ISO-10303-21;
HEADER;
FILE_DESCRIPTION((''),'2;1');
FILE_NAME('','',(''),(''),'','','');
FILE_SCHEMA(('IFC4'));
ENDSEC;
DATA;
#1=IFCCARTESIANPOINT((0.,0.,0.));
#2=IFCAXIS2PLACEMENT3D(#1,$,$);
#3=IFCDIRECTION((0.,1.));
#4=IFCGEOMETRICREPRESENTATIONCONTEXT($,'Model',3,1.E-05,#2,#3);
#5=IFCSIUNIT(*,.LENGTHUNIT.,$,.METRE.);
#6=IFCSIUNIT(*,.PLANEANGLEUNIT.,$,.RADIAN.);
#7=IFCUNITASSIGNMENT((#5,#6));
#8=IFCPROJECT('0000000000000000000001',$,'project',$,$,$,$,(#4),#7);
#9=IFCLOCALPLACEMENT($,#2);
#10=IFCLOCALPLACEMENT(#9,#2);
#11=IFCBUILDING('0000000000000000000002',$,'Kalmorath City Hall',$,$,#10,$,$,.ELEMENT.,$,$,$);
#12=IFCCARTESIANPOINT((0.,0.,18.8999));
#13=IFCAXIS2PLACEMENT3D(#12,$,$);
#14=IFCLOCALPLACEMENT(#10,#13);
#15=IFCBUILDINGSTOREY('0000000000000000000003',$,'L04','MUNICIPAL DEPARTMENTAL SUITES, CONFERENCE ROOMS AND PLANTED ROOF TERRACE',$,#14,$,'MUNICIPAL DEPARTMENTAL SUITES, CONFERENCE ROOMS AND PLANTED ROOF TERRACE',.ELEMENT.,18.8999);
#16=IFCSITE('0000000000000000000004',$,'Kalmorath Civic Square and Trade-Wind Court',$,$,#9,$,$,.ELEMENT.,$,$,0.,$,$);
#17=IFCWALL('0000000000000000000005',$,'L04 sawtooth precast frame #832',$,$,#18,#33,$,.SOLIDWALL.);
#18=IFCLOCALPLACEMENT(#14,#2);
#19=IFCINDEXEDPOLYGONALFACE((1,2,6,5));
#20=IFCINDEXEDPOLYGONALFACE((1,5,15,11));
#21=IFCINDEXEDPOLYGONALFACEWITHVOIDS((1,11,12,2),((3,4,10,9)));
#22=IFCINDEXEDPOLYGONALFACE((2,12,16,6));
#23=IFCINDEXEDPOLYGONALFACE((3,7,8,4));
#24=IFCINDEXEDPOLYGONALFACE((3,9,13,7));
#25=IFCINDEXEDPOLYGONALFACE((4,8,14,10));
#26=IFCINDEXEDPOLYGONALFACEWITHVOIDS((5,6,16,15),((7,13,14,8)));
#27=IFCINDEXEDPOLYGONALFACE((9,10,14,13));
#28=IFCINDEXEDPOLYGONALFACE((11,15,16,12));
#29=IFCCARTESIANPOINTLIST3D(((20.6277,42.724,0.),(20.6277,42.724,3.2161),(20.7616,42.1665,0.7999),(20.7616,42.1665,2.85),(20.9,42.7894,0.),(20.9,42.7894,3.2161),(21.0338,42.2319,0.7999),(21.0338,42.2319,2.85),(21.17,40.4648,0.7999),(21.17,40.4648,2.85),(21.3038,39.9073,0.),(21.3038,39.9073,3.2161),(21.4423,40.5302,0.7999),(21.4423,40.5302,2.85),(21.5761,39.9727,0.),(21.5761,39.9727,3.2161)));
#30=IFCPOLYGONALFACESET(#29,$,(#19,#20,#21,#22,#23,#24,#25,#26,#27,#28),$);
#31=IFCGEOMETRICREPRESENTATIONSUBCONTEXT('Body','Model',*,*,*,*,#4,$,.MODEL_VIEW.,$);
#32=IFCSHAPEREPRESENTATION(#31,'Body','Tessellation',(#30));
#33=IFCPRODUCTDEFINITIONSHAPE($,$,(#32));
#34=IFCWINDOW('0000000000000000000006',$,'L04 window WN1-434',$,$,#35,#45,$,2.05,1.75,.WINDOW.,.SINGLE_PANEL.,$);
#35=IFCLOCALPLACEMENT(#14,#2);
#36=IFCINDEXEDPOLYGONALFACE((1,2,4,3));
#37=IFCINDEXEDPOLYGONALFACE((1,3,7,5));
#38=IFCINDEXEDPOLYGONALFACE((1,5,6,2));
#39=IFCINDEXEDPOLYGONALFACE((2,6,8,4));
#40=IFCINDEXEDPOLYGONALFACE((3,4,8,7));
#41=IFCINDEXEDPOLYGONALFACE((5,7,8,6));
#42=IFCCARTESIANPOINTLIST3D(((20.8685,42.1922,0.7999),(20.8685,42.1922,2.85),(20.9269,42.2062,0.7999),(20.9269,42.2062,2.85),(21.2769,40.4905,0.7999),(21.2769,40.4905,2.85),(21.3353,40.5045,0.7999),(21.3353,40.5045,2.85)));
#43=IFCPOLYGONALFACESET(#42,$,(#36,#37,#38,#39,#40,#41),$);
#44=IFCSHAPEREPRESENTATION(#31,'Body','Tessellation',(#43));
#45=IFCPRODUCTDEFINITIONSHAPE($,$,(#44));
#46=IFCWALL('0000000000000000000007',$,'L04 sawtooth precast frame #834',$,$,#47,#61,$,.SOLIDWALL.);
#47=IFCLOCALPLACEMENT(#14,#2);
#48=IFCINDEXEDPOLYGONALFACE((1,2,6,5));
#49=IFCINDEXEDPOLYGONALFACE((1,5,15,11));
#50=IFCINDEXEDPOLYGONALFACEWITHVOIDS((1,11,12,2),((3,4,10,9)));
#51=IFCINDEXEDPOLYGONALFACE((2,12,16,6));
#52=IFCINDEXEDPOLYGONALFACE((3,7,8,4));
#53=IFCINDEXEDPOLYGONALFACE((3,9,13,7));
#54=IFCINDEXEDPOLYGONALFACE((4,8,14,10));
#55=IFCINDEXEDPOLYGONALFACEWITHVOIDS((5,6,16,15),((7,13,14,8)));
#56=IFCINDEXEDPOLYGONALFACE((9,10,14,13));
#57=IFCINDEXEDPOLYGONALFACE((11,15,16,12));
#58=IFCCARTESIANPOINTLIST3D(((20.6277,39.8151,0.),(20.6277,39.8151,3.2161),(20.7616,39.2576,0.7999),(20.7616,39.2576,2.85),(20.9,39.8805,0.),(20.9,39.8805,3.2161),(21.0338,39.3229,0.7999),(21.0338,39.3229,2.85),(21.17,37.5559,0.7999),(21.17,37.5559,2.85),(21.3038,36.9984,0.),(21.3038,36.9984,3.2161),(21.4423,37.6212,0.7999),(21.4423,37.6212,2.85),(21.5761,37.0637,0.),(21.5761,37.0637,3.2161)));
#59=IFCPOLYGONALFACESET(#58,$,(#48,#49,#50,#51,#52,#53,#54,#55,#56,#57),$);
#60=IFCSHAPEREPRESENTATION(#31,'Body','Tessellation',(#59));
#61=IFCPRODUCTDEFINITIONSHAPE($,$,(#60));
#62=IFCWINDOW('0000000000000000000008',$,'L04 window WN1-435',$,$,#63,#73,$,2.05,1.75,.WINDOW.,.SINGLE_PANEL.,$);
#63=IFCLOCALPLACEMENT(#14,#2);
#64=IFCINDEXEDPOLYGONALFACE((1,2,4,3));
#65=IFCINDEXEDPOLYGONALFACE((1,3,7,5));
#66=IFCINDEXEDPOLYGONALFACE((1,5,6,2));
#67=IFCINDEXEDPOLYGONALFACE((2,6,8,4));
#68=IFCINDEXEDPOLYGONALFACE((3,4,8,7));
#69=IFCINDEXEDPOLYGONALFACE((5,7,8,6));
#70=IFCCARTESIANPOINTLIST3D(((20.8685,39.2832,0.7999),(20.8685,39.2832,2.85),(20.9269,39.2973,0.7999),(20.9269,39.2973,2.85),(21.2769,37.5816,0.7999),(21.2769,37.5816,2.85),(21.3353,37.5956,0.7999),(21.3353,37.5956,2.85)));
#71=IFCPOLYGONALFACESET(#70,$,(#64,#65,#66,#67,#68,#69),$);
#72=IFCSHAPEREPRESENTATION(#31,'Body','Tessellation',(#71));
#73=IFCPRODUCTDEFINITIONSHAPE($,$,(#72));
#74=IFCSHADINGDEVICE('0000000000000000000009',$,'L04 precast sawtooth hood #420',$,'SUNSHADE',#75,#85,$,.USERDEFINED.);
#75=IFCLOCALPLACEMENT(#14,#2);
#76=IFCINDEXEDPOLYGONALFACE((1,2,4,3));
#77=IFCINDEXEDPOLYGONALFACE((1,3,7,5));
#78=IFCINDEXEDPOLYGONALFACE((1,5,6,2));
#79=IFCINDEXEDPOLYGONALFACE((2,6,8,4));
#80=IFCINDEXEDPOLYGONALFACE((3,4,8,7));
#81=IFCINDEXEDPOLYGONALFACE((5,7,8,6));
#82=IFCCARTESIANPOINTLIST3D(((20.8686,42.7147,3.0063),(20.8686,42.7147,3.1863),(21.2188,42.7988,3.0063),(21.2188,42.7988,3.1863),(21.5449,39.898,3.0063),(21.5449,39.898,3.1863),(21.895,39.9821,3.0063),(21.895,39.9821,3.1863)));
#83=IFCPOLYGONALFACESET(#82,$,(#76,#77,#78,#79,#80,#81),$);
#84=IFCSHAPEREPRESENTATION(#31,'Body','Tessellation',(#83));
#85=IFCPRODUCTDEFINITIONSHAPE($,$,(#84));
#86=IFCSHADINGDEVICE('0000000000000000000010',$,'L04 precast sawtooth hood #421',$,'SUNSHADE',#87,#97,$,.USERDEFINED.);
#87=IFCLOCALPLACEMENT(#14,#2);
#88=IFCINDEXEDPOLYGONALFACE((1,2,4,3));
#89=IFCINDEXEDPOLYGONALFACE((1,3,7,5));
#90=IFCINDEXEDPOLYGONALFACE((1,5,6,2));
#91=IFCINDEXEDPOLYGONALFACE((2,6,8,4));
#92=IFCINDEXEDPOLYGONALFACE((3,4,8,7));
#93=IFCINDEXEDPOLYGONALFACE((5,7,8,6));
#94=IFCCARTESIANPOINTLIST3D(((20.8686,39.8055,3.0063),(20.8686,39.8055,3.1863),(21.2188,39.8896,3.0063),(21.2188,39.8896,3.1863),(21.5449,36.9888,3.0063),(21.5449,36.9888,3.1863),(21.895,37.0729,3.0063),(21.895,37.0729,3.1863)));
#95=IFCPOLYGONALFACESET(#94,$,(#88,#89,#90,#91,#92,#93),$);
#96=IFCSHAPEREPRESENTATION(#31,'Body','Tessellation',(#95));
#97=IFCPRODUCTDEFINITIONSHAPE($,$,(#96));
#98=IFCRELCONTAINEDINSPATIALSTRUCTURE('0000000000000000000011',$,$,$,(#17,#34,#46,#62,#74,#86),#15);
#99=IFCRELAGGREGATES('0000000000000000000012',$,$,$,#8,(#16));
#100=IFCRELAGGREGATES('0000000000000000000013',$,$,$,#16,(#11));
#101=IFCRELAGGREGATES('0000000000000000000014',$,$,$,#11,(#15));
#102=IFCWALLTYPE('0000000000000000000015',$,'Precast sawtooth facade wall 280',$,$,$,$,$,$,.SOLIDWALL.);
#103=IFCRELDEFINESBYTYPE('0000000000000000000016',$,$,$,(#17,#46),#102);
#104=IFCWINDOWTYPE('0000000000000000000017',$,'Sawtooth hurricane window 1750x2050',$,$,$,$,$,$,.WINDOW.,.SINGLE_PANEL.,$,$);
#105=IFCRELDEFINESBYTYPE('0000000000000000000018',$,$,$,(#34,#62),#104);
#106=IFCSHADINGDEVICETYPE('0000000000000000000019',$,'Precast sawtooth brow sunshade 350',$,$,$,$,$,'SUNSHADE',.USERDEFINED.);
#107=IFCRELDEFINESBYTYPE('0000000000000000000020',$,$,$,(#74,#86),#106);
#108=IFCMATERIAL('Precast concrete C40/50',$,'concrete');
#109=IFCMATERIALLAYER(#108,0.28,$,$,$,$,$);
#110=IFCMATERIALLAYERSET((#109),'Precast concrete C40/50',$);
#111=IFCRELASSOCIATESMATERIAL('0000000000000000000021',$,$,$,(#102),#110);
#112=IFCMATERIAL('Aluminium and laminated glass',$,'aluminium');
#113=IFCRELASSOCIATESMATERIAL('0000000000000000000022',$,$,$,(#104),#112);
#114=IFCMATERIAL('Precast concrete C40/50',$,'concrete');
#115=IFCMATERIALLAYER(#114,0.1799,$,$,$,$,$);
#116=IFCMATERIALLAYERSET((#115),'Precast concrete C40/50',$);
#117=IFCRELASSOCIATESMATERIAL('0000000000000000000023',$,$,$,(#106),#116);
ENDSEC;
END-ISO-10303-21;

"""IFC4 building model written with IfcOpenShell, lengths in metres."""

from ifc_helpers import new_model, si_unit, direction, frame, frame_2d, origin, origin_2d, place, context, subcontext, project, spatial, rectangle, extrude, material, layer, layer_set, type_object, element, fill, save


model = new_model("IFC4")

# Units and contexts
model_context = context("Model", 3, precision=1e-05, world=origin(), true_north=direction((0.0, 1.0)))
body_context = subcontext(model_context, "Body", "Model", "MODEL_VIEW")
ifc_project = project(units=[si_unit("LENGTHUNIT", "METRE"), si_unit("PLANEANGLEUNIT", "RADIAN")], contexts=[model_context])

# Site, building, storey
site_placement = place(None, origin())
site = spatial("IfcSite", under=ifc_project, at=site_placement, Name="Kalmorath Civic Square and Trade-Wind Court", CompositionType="ELEMENT", RefElevation=0.0)
building_placement = place(site_placement, origin())
building = spatial("IfcBuilding", under=site, at=building_placement, Name="Kalmorath City Hall", CompositionType="ELEMENT")
storey_placement = place(building_placement, frame((0.0, 0.0, 18.8999)))
storey = spatial("IfcBuildingStorey", under=building, at=storey_placement, Name="L04", Description="MUNICIPAL DEPARTMENTAL SUITES, CONFERENCE ROOMS AND PLANTED ROOF TERRACE", LongName="MUNICIPAL DEPARTMENTAL SUITES, CONFERENCE ROOMS AND PLANTED ROOF TERRACE", CompositionType="ELEMENT", Elevation=18.8999)

# Walls, openings, windows
ifc_material_1 = material(Name="Precast concrete C40/50", Category="concrete")
ifc_layer_1 = layer(ifc_material_1, 0.28)
ifc_layer_set_1 = layer_set([ifc_layer_1], Name="Precast concrete C40/50")
wall_type_1 = type_object("IfcWallType", Name="Precast sawtooth facade wall 280", PredefinedType="SOLIDWALL", material=ifc_layer_set_1)
wall_1_placement = place(storey_placement, frame((20.7639, 42.7566, 0.0), z_axis=(0.0, 0.0, 1.0), x_axis=(0.233383, -0.972385, 0.0)))
wall_1 = element("IfcWall", 1, at=wall_1_placement, inside=storey, type_object=wall_type_1, Name="L04 sawtooth precast frame #832", PredefinedType="SOLIDWALL", context=body_context, shape_type="SweptSolid", body=[
    extrude(rectangle(XDim=2.8967, YDim=0.28, at=frame_2d((1.4482, 0.0))), origin(), (0.0, 0.0, 1.0), 3.2161),
])
opening_1_placement = place(wall_1_placement, frame((0.5732, 0.0, 0.8)))
opening_1 = element("IfcOpeningElement", 2, at=opening_1_placement, cuts=wall_1, PredefinedType="OPENING", context=body_context, shape_type="SweptSolid", body=[
    extrude(rectangle(XDim=1.75, YDim=2.05, at=frame_2d((0.875, 1.0249))), frame((0.0, 0.1499, 0.0), z_axis=(0.0, -1.0, 0.0), x_axis=(1.0, 0.0, 0.0)), (0.0, 0.0, 1.0), 0.3),
])
ifc_material_2 = material(Name="Aluminium and laminated glass", Category="aluminium")
window_type = type_object("IfcWindowType", Name="Sawtooth hurricane window 1750x2050", PartitioningType="SINGLE_PANEL", PredefinedType="WINDOW", material=ifc_material_2)
window_1_placement = place(opening_1_placement, origin())
window_1 = element("IfcWindow", 3, at=window_1_placement, inside=storey, type_object=window_type, Name="L04 window WN1-434", OverallHeight=2.05, OverallWidth=1.75, PartitioningType="SINGLE_PANEL", PredefinedType="WINDOW", context=body_context, shape_type="SweptSolid", body=[
    extrude(rectangle(XDim=1.75, YDim=2.05, at=frame_2d((0.875, 1.0249))), frame((0.0, 0.03, 0.0), z_axis=(0.0, -1.0, 0.0), x_axis=(1.0, 0.0, 0.0)), (0.0, 0.0, 1.0), 0.0601),
])
fill(opening_1, window_1)
wall_2_placement = place(storey_placement, frame((20.7639, 39.8477, 0.0), z_axis=(0.0, 0.0, 1.0), x_axis=(0.233383, -0.972385, 0.0)))
wall_2 = element("IfcWall", 4, at=wall_2_placement, inside=storey, type_object=wall_type_1, Name="L04 sawtooth precast frame #834", PredefinedType="SOLIDWALL", context=body_context, shape_type="SweptSolid", body=[
    extrude(rectangle(XDim=2.8967, YDim=0.28, at=frame_2d((1.4482, 0.0))), origin(), (0.0, 0.0, 1.0), 3.2161),
])
opening_2_placement = place(wall_2_placement, frame((0.5732, 0.0, 0.8)))
opening_2 = element("IfcOpeningElement", 5, at=opening_2_placement, cuts=wall_2, PredefinedType="OPENING", context=body_context, shape_type="SweptSolid", body=[
    extrude(rectangle(XDim=1.75, YDim=2.05, at=frame_2d((0.875, 1.0249))), frame((0.0, 0.1499, 0.0), z_axis=(0.0, -1.0, 0.0), x_axis=(1.0, 0.0, 0.0)), (0.0, 0.0, 1.0), 0.3),
])
window_2_placement = place(opening_2_placement, origin())
window_2 = element("IfcWindow", 6, at=window_2_placement, inside=storey, type_object=window_type, Name="L04 window WN1-435", OverallHeight=2.05, OverallWidth=1.75, PartitioningType="SINGLE_PANEL", PredefinedType="WINDOW", context=body_context, shape_type="SweptSolid", body=[
    extrude(rectangle(XDim=1.75, YDim=2.05, at=frame_2d((0.875, 1.0249))), frame((0.0, 0.03, 0.0), z_axis=(0.0, -1.0, 0.0), x_axis=(1.0, 0.0, 0.0)), (0.0, 0.0, 1.0), 0.0601),
])
fill(opening_2, window_2)

# Shading devices
ifc_material_3 = material(Name="Precast concrete C40/50", Category="concrete")
ifc_layer_2 = layer(ifc_material_3, 0.1799)
ifc_layer_set_2 = layer_set([ifc_layer_2], Name="Precast concrete C40/50")
shading_device_type = type_object("IfcShadingDeviceType", Name="Precast sawtooth brow sunshade 350", ElementType="SUNSHADE", PredefinedType="USERDEFINED", material=ifc_layer_set_2)
for number, where, z_axis, x_axis, name in (
    (7, (21.3818, 41.3484, 3.0063), (0.0, 0.0, 1.0), (0.233445, -0.97237, 0.0), "L04 precast sawtooth hood #420"),
    (8, (21.3818, 38.4392, 3.0063), (0.0, 0.0, 1.0), (0.233445, -0.97237, 0.0), "L04 precast sawtooth hood #421"),
):
    element("IfcShadingDevice", number, at=place(storey_placement, frame(where, z_axis=z_axis, x_axis=x_axis)), inside=storey, type_object=shading_device_type, Name=name, ObjectType="SUNSHADE", PredefinedType="USERDEFINED", context=body_context, shape_type="SweptSolid", body=[
        extrude(rectangle(XDim=2.8967, YDim=0.3601, at=origin_2d()), origin(), (0.0, 0.0, 1.0), 0.1799),
    ])

save(model, "model.ifc")
